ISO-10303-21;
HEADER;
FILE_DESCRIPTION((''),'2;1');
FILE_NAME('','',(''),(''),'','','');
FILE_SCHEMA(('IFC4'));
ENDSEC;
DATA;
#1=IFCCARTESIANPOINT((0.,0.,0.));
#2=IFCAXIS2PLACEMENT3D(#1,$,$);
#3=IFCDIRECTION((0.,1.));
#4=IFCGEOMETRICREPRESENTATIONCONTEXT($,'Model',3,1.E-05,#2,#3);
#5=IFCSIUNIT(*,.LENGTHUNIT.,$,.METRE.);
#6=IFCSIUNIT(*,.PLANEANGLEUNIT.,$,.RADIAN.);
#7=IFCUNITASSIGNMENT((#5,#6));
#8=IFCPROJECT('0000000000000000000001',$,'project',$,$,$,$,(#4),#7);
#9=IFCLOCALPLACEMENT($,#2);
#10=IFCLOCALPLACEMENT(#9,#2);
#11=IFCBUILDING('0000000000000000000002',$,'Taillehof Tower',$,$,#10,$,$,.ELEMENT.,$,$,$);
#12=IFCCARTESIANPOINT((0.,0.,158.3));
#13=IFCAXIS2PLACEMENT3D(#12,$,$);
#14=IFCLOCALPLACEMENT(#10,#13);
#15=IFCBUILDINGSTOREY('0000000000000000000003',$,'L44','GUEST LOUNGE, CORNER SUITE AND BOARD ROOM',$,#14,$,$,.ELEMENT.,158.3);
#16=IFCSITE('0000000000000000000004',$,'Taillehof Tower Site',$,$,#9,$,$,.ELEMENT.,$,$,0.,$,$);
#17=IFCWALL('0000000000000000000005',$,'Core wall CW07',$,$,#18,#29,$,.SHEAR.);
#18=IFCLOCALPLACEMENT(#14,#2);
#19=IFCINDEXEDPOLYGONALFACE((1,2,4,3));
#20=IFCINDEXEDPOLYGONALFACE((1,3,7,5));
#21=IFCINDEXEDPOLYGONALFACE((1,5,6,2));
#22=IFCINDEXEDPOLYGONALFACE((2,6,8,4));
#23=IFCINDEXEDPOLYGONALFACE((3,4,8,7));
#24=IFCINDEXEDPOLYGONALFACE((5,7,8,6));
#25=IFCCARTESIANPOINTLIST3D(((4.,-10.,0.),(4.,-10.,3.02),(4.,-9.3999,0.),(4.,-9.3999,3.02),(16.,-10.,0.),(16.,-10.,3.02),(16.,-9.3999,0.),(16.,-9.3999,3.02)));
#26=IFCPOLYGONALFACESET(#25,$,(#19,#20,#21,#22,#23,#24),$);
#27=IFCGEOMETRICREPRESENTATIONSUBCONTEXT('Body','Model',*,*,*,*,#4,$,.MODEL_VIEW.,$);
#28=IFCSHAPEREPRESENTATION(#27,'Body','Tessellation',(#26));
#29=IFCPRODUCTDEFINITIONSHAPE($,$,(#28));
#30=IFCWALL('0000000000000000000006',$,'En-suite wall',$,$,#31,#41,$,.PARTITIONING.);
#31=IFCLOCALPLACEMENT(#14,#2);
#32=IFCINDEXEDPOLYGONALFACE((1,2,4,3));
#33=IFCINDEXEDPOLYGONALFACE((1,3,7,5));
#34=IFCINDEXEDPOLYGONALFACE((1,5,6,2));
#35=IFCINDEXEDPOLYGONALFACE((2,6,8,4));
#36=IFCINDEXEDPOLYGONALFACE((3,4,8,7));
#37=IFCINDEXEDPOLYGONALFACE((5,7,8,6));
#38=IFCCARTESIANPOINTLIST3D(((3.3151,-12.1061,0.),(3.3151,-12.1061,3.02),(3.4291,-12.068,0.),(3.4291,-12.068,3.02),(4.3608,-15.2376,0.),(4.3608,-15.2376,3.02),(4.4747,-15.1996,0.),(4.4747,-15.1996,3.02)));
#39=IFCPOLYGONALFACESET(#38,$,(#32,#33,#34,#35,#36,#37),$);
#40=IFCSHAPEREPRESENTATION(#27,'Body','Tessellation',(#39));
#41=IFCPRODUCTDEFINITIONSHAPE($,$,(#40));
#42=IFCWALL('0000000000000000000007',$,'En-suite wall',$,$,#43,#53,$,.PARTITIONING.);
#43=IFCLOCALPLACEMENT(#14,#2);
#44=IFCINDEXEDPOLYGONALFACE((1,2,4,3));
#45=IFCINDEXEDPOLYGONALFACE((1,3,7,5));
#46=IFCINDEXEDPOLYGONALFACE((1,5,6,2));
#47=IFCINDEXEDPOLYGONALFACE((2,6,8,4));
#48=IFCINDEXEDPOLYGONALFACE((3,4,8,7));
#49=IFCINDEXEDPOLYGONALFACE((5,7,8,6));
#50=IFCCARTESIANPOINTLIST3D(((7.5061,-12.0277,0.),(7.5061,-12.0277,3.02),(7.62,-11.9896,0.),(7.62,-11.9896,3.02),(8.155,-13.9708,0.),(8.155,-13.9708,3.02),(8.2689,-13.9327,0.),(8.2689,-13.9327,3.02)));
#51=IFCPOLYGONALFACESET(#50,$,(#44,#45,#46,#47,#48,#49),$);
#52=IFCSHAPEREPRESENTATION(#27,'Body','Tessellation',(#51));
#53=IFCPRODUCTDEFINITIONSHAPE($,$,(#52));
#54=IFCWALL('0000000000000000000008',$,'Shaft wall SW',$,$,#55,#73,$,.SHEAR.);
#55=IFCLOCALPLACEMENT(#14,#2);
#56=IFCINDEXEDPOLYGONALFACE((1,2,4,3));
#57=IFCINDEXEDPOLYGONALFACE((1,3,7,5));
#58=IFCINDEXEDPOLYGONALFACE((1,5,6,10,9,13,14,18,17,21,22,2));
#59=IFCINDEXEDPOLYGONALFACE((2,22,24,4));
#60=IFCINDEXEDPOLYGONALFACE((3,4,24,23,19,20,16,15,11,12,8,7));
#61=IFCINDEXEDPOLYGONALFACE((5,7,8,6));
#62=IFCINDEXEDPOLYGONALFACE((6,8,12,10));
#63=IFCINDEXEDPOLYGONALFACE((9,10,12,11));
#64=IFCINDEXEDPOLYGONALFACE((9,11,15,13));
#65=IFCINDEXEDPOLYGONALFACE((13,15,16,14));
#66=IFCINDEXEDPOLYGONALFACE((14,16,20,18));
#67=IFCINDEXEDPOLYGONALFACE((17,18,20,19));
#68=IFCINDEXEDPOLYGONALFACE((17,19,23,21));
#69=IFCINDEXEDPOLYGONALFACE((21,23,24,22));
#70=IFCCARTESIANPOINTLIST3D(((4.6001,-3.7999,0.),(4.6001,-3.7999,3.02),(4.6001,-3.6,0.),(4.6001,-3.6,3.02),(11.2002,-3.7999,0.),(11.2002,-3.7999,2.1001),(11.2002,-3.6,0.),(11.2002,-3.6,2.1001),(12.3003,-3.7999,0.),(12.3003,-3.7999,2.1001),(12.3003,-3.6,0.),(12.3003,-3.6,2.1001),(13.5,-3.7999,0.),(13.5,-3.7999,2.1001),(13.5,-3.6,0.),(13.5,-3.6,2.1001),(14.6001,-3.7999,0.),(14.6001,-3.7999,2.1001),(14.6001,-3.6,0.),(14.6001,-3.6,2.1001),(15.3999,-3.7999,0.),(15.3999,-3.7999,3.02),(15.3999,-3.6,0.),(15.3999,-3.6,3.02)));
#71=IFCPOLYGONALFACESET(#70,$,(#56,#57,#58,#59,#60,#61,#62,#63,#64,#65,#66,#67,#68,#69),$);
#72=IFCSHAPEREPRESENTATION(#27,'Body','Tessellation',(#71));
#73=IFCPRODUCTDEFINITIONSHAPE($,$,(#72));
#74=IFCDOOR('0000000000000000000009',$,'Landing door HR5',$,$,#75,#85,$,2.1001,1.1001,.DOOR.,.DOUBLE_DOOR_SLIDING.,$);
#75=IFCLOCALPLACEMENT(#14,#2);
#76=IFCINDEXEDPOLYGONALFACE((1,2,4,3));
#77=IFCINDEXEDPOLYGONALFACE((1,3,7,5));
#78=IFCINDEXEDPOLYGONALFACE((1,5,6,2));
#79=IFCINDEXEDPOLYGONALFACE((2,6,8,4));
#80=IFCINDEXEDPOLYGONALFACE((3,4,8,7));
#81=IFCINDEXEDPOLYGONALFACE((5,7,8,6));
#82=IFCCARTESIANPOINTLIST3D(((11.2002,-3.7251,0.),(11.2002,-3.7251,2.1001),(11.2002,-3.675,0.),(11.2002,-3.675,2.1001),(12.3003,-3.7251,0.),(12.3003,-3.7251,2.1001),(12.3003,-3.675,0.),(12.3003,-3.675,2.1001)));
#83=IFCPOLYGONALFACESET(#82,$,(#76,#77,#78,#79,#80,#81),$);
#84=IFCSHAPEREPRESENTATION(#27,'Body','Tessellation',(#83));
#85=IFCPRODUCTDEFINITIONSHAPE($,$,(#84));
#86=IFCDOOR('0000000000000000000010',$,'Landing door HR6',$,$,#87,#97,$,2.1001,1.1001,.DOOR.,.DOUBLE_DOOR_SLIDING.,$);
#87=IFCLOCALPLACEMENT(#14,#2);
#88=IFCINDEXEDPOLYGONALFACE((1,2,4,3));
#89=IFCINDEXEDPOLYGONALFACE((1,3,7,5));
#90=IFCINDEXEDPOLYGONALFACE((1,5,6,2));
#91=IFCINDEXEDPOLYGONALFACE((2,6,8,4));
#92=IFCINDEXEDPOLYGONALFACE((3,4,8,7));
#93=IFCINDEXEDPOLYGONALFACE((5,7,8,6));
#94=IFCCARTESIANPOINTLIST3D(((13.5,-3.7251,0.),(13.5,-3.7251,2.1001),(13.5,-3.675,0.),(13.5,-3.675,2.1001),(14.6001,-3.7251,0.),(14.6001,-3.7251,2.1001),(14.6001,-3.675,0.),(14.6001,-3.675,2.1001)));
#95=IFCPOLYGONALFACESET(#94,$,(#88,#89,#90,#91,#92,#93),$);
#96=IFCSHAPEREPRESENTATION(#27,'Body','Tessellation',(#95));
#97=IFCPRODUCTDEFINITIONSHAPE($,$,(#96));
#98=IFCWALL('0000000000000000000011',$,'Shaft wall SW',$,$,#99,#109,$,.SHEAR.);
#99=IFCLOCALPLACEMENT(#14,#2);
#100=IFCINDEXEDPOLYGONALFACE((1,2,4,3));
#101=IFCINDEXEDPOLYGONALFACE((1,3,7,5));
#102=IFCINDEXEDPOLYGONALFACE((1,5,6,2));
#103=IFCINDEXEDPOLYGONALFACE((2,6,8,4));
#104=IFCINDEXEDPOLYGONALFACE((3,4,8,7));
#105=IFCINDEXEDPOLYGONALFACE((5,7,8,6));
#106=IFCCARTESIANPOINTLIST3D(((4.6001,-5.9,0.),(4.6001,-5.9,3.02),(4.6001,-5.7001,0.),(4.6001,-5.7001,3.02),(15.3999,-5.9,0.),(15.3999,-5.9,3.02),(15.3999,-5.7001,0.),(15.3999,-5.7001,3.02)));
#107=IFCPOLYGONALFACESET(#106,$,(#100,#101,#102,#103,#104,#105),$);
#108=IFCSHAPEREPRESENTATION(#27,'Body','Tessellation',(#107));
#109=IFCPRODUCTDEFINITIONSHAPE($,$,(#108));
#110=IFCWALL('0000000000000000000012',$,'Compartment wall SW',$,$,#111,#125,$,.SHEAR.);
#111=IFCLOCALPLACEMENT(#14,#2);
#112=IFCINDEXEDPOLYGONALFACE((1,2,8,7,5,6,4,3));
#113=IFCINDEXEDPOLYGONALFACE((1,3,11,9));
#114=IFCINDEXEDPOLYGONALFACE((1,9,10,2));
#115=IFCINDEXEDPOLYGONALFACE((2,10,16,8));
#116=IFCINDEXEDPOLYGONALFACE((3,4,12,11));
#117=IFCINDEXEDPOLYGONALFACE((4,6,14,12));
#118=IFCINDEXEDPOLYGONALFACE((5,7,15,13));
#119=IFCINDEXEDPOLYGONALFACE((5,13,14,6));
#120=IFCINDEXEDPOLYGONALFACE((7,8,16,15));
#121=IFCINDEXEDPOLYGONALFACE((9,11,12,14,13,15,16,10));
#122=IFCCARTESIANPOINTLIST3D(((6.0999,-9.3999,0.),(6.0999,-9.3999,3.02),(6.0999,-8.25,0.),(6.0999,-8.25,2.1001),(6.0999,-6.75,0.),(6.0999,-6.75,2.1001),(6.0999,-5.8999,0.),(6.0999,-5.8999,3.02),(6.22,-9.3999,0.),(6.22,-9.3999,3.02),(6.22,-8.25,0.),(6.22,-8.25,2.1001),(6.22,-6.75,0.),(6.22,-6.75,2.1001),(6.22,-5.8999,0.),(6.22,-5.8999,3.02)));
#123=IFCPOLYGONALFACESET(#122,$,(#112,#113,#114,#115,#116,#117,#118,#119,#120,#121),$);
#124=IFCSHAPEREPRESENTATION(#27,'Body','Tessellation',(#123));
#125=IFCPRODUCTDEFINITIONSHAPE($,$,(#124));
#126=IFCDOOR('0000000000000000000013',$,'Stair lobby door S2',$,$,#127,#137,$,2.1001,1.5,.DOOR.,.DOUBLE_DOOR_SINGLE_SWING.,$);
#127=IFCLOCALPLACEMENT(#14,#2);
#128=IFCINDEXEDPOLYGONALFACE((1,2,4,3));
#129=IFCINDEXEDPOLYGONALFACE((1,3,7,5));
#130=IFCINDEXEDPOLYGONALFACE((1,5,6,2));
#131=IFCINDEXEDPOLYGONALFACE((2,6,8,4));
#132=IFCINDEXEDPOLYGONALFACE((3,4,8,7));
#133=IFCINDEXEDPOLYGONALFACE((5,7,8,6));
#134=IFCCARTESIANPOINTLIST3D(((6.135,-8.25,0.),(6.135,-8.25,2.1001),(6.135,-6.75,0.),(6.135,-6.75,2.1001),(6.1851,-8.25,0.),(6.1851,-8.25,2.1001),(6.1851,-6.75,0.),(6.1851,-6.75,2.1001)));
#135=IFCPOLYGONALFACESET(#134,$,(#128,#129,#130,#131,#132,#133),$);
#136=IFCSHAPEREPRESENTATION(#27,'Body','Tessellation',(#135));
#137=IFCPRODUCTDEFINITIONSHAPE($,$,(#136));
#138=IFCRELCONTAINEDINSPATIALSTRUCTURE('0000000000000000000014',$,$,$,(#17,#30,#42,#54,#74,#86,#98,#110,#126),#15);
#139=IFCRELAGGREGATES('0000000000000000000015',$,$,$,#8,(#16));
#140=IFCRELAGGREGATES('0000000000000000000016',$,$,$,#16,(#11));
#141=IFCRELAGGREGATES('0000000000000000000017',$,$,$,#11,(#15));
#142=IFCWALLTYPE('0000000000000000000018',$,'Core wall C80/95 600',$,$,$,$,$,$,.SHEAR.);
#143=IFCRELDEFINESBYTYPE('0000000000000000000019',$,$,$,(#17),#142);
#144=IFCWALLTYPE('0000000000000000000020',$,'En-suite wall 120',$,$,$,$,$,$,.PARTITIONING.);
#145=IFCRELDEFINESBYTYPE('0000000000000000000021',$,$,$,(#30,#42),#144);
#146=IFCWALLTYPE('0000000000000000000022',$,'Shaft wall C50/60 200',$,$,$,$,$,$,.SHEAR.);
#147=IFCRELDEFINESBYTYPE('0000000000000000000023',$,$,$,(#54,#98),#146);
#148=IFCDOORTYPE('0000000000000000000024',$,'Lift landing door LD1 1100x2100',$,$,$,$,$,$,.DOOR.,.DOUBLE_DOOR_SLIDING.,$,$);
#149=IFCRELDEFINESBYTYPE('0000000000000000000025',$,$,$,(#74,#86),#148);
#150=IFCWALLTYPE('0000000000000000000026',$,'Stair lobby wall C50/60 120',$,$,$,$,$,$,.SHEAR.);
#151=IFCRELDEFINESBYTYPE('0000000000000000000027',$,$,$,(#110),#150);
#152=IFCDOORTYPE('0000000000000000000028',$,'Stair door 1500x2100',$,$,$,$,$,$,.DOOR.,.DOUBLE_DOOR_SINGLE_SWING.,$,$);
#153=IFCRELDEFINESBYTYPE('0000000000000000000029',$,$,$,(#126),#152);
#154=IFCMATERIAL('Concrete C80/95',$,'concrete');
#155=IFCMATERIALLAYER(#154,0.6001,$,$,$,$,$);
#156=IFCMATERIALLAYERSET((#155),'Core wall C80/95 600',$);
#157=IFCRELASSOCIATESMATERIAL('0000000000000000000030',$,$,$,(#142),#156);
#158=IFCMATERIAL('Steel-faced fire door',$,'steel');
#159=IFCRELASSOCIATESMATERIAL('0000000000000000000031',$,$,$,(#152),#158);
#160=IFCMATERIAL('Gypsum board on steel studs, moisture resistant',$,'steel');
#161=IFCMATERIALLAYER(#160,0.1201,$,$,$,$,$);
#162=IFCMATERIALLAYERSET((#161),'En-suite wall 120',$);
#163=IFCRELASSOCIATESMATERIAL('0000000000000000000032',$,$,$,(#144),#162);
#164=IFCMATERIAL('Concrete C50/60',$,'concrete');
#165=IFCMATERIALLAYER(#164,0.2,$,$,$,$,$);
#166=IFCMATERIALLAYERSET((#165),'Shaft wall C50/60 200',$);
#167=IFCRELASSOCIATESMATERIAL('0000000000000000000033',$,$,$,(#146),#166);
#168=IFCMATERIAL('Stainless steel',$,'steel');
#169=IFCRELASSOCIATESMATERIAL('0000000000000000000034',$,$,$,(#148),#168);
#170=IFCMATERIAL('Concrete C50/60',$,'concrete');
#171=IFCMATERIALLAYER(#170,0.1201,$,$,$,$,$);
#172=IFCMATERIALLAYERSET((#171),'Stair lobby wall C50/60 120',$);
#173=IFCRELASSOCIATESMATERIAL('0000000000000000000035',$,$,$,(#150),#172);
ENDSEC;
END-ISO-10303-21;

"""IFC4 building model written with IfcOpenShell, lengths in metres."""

from ifc_helpers import new_model, si_unit, direction, frame, frame_2d, origin, place, context, subcontext, project, spatial, rectangle, extrude, material, layer, layer_set, type_object, element, fill, save


model = new_model("IFC4")

# Units and contexts
model_context = context("Model", 3, precision=1e-05, world=origin(), true_north=direction((0.0, 1.0)))
body_context = subcontext(model_context, "Body", "Model", "MODEL_VIEW")
ifc_project = project(units=[si_unit("LENGTHUNIT", "METRE"), si_unit("PLANEANGLEUNIT", "RADIAN")], contexts=[model_context])

# Site, building, storey
site_placement = place(None, origin())
site = spatial("IfcSite", under=ifc_project, at=site_placement, Name="Taillehof Tower Site", CompositionType="ELEMENT", RefElevation=0.0)
building_placement = place(site_placement, origin())
building = spatial("IfcBuilding", under=site, at=building_placement, Name="Taillehof Tower", CompositionType="ELEMENT")
storey_placement = place(building_placement, frame((0.0, 0.0, 158.3)))
storey = spatial("IfcBuildingStorey", under=building, at=storey_placement, Name="L44", Description="GUEST LOUNGE, CORNER SUITE AND BOARD ROOM", CompositionType="ELEMENT", Elevation=158.3)

# Shared definitions
ifc_material_1 = material(Name="Concrete C80/95", Category="concrete")
ifc_layer_1 = layer(ifc_material_1, 0.6001)
ifc_layer_set_1 = layer_set([ifc_layer_1], Name="Core wall C80/95 600")
wall_type_1 = type_object("IfcWallType", Name="Core wall C80/95 600", PredefinedType="SHEAR", material=ifc_layer_set_1)
ifc_material_2 = material(Name="Steel-faced fire door", Category="steel")
door_type_1 = type_object("IfcDoorType", Name="Stair door 1500x2100", OperationType="DOUBLE_DOOR_SINGLE_SWING", PredefinedType="DOOR", material=ifc_material_2)

# Walls
wall_1_placement = place(storey_placement, frame((4.0, -9.7, 0.0), z_axis=(0.0, 0.0, 1.0), x_axis=(1.0, 0.0, 0.0)))
element("IfcWall", 1, at=wall_1_placement, inside=storey, type_object=wall_type_1, Name="Core wall CW07", PredefinedType="SHEAR", context=body_context, shape_type="SweptSolid", body=[
    extrude(rectangle(XDim=12.0, YDim=0.6001, at=frame_2d((6.0, 0.0))), origin(), (0.0, 0.0, 1.0), 3.02),
])
ifc_material_3 = material(Name="Gypsum board on steel studs, moisture resistant", Category="steel")
ifc_layer_2 = layer(ifc_material_3, 0.1201)
ifc_layer_set_2 = layer_set([ifc_layer_2], Name="En-suite wall 120")
wall_type_2 = type_object("IfcWallType", Name="En-suite wall 120", PredefinedType="PARTITIONING", material=ifc_layer_set_2)
wall_2_placement = place(storey_placement, frame((3.3721, -12.0869, 0.0), z_axis=(0.0, 0.0, 1.0), x_axis=(0.316716, -0.94852, 0.0)))
element("IfcWall", 2, at=wall_2_placement, inside=storey, type_object=wall_type_2, Name="En-suite wall", PredefinedType="PARTITIONING", context=body_context, shape_type="SweptSolid", body=[
    extrude(rectangle(XDim=3.3015, YDim=0.1201, at=frame_2d((1.6509, 0.0))), origin(), (0.0, 0.0, 1.0), 3.02),
])
wall_3_placement = place(storey_placement, frame((7.563, -12.0085, 0.0), z_axis=(0.0, 0.0, 1.0), x_axis=(0.316764, -0.948504, 0.0)))
element("IfcWall", 3, at=wall_3_placement, inside=storey, type_object=wall_type_2, Name="En-suite wall", PredefinedType="PARTITIONING", context=body_context, shape_type="SweptSolid", body=[
    extrude(rectangle(XDim=2.0486, YDim=0.1201, at=frame_2d((1.0244, 0.0))), origin(), (0.0, 0.0, 1.0), 3.02),
])

# Wall, openings, doors
ifc_material_4 = material(Name="Concrete C50/60", Category="concrete")
ifc_layer_3 = layer(ifc_material_4, 0.2)
ifc_layer_set_3 = layer_set([ifc_layer_3], Name="Shaft wall C50/60 200")
wall_type_3 = type_object("IfcWallType", Name="Shaft wall C50/60 200", PredefinedType="SHEAR", material=ifc_layer_set_3)
wall_4_placement = place(storey_placement, frame((4.6001, -3.7, 0.0), z_axis=(0.0, 0.0, 1.0), x_axis=(1.0, 0.0, 0.0)))
wall_4 = element("IfcWall", 4, at=wall_4_placement, inside=storey, type_object=wall_type_3, Name="Shaft wall SW", PredefinedType="SHEAR", context=body_context, shape_type="SweptSolid", body=[
    extrude(rectangle(XDim=10.7998, YDim=0.2, at=frame_2d((5.3999, 0.0))), origin(), (0.0, 0.0, 1.0), 3.02),
])
opening_1_placement = place(wall_4_placement, frame((6.6001, 0.0, 0.0)))
opening_1 = element("IfcOpeningElement", 5, at=opening_1_placement, cuts=wall_4, PredefinedType="OPENING", context=body_context, shape_type="SweptSolid", body=[
    extrude(rectangle(XDim=1.1001, YDim=2.1001, at=frame_2d((0.55, 1.05))), frame((0.0, 0.1099, 0.0), z_axis=(0.0, -1.0, 0.0), x_axis=(1.0, 0.0, 0.0)), (0.0, 0.0, 1.0), 0.22),
])
opening_2_placement = place(wall_4_placement, frame((8.8999, 0.0, 0.0)))
opening_2 = element("IfcOpeningElement", 6, at=opening_2_placement, cuts=wall_4, PredefinedType="OPENING", context=body_context, shape_type="SweptSolid", body=[
    extrude(rectangle(XDim=1.1001, YDim=2.1001, at=frame_2d((0.55, 1.05))), frame((0.0, 0.1099, 0.0), z_axis=(0.0, -1.0, 0.0), x_axis=(1.0, 0.0, 0.0)), (0.0, 0.0, 1.0), 0.22),
])
ifc_material_5 = material(Name="Stainless steel", Category="steel")
door_type_2 = type_object("IfcDoorType", Name="Lift landing door LD1 1100x2100", OperationType="DOUBLE_DOOR_SLIDING", PredefinedType="DOOR", material=ifc_material_5)
door_1_placement = place(opening_1_placement, origin())
door_1 = element("IfcDoor", 7, at=door_1_placement, inside=storey, type_object=door_type_2, Name="Landing door HR5", OperationType="DOUBLE_DOOR_SLIDING", OverallHeight=2.1001, OverallWidth=1.1001, PredefinedType="DOOR", context=body_context, shape_type="SweptSolid", body=[
    extrude(rectangle(XDim=1.1001, YDim=2.1001, at=frame_2d((0.55, 1.05))), frame((0.0, 0.0249, 0.0), z_axis=(0.0, -1.0, 0.0), x_axis=(1.0, 0.0, 0.0)), (0.0, 0.0, 1.0), 0.05),
])
fill(opening_1, door_1)
door_2_placement = place(opening_2_placement, origin())
door_2 = element("IfcDoor", 8, at=door_2_placement, inside=storey, type_object=door_type_2, Name="Landing door HR6", OperationType="DOUBLE_DOOR_SLIDING", OverallHeight=2.1001, OverallWidth=1.1001, PredefinedType="DOOR", context=body_context, shape_type="SweptSolid", body=[
    extrude(rectangle(XDim=1.1001, YDim=2.1001, at=frame_2d((0.55, 1.05))), frame((0.0, 0.0249, 0.0), z_axis=(0.0, -1.0, 0.0), x_axis=(1.0, 0.0, 0.0)), (0.0, 0.0, 1.0), 0.05),
])
fill(opening_2, door_2)

# Wall
wall_5_placement = place(storey_placement, frame((4.6001, -5.8, 0.0), z_axis=(0.0, 0.0, 1.0), x_axis=(1.0, 0.0, 0.0)))
element("IfcWall", 9, at=wall_5_placement, inside=storey, type_object=wall_type_3, Name="Shaft wall SW", PredefinedType="SHEAR", context=body_context, shape_type="SweptSolid", body=[
    extrude(rectangle(XDim=10.7998, YDim=0.2, at=frame_2d((5.3999, 0.0))), origin(), (0.0, 0.0, 1.0), 3.02),
])

# Wall, opening, door
ifc_material_6 = material(Name="Concrete C50/60", Category="concrete")
ifc_layer_4 = layer(ifc_material_6, 0.1201)
ifc_layer_set_4 = layer_set([ifc_layer_4], Name="Stair lobby wall C50/60 120")
wall_type_4 = type_object("IfcWallType", Name="Stair lobby wall C50/60 120", PredefinedType="SHEAR", material=ifc_layer_set_4)
wall_6_placement = place(storey_placement, frame((6.1599, -9.3999, 0.0), z_axis=(0.0, 0.0, 1.0), x_axis=(0.0, 1.0, 0.0)))
wall_6 = element("IfcWall", 10, at=wall_6_placement, inside=storey, type_object=wall_type_4, Name="Compartment wall SW", PredefinedType="SHEAR", context=body_context, shape_type="SweptSolid", body=[
    extrude(rectangle(XDim=3.5, YDim=0.1201, at=frame_2d((1.75, 0.0))), origin(), (0.0, 0.0, 1.0), 3.02),
])
opening_3_placement = place(wall_6_placement, frame((1.1499, 0.0, 0.0)))
opening_3 = element("IfcOpeningElement", 11, at=opening_3_placement, cuts=wall_6, PredefinedType="OPENING", context=body_context, shape_type="SweptSolid", body=[
    extrude(rectangle(XDim=1.5, YDim=2.1001, at=frame_2d((0.75, 1.05))), frame((0.0, 0.0701, 0.0), z_axis=(0.0, -1.0, 0.0), x_axis=(1.0, 0.0, 0.0)), (0.0, 0.0, 1.0), 0.1401),
])
door_3_placement = place(opening_3_placement, origin())
door_3 = element("IfcDoor", 12, at=door_3_placement, inside=storey, type_object=door_type_1, Name="Stair lobby door S2", OperationType="DOUBLE_DOOR_SINGLE_SWING", OverallHeight=2.1001, OverallWidth=1.5, PredefinedType="DOOR", context=body_context, shape_type="SweptSolid", body=[
    extrude(rectangle(XDim=1.5, YDim=2.1001, at=frame_2d((0.75, 1.05))), frame((0.0, 0.0249, 0.0), z_axis=(0.0, -1.0, 0.0), x_axis=(1.0, 0.0, 0.0)), (0.0, 0.0, 1.0), 0.05),
])
fill(opening_3, door_3)

save(model, "model.ifc")
